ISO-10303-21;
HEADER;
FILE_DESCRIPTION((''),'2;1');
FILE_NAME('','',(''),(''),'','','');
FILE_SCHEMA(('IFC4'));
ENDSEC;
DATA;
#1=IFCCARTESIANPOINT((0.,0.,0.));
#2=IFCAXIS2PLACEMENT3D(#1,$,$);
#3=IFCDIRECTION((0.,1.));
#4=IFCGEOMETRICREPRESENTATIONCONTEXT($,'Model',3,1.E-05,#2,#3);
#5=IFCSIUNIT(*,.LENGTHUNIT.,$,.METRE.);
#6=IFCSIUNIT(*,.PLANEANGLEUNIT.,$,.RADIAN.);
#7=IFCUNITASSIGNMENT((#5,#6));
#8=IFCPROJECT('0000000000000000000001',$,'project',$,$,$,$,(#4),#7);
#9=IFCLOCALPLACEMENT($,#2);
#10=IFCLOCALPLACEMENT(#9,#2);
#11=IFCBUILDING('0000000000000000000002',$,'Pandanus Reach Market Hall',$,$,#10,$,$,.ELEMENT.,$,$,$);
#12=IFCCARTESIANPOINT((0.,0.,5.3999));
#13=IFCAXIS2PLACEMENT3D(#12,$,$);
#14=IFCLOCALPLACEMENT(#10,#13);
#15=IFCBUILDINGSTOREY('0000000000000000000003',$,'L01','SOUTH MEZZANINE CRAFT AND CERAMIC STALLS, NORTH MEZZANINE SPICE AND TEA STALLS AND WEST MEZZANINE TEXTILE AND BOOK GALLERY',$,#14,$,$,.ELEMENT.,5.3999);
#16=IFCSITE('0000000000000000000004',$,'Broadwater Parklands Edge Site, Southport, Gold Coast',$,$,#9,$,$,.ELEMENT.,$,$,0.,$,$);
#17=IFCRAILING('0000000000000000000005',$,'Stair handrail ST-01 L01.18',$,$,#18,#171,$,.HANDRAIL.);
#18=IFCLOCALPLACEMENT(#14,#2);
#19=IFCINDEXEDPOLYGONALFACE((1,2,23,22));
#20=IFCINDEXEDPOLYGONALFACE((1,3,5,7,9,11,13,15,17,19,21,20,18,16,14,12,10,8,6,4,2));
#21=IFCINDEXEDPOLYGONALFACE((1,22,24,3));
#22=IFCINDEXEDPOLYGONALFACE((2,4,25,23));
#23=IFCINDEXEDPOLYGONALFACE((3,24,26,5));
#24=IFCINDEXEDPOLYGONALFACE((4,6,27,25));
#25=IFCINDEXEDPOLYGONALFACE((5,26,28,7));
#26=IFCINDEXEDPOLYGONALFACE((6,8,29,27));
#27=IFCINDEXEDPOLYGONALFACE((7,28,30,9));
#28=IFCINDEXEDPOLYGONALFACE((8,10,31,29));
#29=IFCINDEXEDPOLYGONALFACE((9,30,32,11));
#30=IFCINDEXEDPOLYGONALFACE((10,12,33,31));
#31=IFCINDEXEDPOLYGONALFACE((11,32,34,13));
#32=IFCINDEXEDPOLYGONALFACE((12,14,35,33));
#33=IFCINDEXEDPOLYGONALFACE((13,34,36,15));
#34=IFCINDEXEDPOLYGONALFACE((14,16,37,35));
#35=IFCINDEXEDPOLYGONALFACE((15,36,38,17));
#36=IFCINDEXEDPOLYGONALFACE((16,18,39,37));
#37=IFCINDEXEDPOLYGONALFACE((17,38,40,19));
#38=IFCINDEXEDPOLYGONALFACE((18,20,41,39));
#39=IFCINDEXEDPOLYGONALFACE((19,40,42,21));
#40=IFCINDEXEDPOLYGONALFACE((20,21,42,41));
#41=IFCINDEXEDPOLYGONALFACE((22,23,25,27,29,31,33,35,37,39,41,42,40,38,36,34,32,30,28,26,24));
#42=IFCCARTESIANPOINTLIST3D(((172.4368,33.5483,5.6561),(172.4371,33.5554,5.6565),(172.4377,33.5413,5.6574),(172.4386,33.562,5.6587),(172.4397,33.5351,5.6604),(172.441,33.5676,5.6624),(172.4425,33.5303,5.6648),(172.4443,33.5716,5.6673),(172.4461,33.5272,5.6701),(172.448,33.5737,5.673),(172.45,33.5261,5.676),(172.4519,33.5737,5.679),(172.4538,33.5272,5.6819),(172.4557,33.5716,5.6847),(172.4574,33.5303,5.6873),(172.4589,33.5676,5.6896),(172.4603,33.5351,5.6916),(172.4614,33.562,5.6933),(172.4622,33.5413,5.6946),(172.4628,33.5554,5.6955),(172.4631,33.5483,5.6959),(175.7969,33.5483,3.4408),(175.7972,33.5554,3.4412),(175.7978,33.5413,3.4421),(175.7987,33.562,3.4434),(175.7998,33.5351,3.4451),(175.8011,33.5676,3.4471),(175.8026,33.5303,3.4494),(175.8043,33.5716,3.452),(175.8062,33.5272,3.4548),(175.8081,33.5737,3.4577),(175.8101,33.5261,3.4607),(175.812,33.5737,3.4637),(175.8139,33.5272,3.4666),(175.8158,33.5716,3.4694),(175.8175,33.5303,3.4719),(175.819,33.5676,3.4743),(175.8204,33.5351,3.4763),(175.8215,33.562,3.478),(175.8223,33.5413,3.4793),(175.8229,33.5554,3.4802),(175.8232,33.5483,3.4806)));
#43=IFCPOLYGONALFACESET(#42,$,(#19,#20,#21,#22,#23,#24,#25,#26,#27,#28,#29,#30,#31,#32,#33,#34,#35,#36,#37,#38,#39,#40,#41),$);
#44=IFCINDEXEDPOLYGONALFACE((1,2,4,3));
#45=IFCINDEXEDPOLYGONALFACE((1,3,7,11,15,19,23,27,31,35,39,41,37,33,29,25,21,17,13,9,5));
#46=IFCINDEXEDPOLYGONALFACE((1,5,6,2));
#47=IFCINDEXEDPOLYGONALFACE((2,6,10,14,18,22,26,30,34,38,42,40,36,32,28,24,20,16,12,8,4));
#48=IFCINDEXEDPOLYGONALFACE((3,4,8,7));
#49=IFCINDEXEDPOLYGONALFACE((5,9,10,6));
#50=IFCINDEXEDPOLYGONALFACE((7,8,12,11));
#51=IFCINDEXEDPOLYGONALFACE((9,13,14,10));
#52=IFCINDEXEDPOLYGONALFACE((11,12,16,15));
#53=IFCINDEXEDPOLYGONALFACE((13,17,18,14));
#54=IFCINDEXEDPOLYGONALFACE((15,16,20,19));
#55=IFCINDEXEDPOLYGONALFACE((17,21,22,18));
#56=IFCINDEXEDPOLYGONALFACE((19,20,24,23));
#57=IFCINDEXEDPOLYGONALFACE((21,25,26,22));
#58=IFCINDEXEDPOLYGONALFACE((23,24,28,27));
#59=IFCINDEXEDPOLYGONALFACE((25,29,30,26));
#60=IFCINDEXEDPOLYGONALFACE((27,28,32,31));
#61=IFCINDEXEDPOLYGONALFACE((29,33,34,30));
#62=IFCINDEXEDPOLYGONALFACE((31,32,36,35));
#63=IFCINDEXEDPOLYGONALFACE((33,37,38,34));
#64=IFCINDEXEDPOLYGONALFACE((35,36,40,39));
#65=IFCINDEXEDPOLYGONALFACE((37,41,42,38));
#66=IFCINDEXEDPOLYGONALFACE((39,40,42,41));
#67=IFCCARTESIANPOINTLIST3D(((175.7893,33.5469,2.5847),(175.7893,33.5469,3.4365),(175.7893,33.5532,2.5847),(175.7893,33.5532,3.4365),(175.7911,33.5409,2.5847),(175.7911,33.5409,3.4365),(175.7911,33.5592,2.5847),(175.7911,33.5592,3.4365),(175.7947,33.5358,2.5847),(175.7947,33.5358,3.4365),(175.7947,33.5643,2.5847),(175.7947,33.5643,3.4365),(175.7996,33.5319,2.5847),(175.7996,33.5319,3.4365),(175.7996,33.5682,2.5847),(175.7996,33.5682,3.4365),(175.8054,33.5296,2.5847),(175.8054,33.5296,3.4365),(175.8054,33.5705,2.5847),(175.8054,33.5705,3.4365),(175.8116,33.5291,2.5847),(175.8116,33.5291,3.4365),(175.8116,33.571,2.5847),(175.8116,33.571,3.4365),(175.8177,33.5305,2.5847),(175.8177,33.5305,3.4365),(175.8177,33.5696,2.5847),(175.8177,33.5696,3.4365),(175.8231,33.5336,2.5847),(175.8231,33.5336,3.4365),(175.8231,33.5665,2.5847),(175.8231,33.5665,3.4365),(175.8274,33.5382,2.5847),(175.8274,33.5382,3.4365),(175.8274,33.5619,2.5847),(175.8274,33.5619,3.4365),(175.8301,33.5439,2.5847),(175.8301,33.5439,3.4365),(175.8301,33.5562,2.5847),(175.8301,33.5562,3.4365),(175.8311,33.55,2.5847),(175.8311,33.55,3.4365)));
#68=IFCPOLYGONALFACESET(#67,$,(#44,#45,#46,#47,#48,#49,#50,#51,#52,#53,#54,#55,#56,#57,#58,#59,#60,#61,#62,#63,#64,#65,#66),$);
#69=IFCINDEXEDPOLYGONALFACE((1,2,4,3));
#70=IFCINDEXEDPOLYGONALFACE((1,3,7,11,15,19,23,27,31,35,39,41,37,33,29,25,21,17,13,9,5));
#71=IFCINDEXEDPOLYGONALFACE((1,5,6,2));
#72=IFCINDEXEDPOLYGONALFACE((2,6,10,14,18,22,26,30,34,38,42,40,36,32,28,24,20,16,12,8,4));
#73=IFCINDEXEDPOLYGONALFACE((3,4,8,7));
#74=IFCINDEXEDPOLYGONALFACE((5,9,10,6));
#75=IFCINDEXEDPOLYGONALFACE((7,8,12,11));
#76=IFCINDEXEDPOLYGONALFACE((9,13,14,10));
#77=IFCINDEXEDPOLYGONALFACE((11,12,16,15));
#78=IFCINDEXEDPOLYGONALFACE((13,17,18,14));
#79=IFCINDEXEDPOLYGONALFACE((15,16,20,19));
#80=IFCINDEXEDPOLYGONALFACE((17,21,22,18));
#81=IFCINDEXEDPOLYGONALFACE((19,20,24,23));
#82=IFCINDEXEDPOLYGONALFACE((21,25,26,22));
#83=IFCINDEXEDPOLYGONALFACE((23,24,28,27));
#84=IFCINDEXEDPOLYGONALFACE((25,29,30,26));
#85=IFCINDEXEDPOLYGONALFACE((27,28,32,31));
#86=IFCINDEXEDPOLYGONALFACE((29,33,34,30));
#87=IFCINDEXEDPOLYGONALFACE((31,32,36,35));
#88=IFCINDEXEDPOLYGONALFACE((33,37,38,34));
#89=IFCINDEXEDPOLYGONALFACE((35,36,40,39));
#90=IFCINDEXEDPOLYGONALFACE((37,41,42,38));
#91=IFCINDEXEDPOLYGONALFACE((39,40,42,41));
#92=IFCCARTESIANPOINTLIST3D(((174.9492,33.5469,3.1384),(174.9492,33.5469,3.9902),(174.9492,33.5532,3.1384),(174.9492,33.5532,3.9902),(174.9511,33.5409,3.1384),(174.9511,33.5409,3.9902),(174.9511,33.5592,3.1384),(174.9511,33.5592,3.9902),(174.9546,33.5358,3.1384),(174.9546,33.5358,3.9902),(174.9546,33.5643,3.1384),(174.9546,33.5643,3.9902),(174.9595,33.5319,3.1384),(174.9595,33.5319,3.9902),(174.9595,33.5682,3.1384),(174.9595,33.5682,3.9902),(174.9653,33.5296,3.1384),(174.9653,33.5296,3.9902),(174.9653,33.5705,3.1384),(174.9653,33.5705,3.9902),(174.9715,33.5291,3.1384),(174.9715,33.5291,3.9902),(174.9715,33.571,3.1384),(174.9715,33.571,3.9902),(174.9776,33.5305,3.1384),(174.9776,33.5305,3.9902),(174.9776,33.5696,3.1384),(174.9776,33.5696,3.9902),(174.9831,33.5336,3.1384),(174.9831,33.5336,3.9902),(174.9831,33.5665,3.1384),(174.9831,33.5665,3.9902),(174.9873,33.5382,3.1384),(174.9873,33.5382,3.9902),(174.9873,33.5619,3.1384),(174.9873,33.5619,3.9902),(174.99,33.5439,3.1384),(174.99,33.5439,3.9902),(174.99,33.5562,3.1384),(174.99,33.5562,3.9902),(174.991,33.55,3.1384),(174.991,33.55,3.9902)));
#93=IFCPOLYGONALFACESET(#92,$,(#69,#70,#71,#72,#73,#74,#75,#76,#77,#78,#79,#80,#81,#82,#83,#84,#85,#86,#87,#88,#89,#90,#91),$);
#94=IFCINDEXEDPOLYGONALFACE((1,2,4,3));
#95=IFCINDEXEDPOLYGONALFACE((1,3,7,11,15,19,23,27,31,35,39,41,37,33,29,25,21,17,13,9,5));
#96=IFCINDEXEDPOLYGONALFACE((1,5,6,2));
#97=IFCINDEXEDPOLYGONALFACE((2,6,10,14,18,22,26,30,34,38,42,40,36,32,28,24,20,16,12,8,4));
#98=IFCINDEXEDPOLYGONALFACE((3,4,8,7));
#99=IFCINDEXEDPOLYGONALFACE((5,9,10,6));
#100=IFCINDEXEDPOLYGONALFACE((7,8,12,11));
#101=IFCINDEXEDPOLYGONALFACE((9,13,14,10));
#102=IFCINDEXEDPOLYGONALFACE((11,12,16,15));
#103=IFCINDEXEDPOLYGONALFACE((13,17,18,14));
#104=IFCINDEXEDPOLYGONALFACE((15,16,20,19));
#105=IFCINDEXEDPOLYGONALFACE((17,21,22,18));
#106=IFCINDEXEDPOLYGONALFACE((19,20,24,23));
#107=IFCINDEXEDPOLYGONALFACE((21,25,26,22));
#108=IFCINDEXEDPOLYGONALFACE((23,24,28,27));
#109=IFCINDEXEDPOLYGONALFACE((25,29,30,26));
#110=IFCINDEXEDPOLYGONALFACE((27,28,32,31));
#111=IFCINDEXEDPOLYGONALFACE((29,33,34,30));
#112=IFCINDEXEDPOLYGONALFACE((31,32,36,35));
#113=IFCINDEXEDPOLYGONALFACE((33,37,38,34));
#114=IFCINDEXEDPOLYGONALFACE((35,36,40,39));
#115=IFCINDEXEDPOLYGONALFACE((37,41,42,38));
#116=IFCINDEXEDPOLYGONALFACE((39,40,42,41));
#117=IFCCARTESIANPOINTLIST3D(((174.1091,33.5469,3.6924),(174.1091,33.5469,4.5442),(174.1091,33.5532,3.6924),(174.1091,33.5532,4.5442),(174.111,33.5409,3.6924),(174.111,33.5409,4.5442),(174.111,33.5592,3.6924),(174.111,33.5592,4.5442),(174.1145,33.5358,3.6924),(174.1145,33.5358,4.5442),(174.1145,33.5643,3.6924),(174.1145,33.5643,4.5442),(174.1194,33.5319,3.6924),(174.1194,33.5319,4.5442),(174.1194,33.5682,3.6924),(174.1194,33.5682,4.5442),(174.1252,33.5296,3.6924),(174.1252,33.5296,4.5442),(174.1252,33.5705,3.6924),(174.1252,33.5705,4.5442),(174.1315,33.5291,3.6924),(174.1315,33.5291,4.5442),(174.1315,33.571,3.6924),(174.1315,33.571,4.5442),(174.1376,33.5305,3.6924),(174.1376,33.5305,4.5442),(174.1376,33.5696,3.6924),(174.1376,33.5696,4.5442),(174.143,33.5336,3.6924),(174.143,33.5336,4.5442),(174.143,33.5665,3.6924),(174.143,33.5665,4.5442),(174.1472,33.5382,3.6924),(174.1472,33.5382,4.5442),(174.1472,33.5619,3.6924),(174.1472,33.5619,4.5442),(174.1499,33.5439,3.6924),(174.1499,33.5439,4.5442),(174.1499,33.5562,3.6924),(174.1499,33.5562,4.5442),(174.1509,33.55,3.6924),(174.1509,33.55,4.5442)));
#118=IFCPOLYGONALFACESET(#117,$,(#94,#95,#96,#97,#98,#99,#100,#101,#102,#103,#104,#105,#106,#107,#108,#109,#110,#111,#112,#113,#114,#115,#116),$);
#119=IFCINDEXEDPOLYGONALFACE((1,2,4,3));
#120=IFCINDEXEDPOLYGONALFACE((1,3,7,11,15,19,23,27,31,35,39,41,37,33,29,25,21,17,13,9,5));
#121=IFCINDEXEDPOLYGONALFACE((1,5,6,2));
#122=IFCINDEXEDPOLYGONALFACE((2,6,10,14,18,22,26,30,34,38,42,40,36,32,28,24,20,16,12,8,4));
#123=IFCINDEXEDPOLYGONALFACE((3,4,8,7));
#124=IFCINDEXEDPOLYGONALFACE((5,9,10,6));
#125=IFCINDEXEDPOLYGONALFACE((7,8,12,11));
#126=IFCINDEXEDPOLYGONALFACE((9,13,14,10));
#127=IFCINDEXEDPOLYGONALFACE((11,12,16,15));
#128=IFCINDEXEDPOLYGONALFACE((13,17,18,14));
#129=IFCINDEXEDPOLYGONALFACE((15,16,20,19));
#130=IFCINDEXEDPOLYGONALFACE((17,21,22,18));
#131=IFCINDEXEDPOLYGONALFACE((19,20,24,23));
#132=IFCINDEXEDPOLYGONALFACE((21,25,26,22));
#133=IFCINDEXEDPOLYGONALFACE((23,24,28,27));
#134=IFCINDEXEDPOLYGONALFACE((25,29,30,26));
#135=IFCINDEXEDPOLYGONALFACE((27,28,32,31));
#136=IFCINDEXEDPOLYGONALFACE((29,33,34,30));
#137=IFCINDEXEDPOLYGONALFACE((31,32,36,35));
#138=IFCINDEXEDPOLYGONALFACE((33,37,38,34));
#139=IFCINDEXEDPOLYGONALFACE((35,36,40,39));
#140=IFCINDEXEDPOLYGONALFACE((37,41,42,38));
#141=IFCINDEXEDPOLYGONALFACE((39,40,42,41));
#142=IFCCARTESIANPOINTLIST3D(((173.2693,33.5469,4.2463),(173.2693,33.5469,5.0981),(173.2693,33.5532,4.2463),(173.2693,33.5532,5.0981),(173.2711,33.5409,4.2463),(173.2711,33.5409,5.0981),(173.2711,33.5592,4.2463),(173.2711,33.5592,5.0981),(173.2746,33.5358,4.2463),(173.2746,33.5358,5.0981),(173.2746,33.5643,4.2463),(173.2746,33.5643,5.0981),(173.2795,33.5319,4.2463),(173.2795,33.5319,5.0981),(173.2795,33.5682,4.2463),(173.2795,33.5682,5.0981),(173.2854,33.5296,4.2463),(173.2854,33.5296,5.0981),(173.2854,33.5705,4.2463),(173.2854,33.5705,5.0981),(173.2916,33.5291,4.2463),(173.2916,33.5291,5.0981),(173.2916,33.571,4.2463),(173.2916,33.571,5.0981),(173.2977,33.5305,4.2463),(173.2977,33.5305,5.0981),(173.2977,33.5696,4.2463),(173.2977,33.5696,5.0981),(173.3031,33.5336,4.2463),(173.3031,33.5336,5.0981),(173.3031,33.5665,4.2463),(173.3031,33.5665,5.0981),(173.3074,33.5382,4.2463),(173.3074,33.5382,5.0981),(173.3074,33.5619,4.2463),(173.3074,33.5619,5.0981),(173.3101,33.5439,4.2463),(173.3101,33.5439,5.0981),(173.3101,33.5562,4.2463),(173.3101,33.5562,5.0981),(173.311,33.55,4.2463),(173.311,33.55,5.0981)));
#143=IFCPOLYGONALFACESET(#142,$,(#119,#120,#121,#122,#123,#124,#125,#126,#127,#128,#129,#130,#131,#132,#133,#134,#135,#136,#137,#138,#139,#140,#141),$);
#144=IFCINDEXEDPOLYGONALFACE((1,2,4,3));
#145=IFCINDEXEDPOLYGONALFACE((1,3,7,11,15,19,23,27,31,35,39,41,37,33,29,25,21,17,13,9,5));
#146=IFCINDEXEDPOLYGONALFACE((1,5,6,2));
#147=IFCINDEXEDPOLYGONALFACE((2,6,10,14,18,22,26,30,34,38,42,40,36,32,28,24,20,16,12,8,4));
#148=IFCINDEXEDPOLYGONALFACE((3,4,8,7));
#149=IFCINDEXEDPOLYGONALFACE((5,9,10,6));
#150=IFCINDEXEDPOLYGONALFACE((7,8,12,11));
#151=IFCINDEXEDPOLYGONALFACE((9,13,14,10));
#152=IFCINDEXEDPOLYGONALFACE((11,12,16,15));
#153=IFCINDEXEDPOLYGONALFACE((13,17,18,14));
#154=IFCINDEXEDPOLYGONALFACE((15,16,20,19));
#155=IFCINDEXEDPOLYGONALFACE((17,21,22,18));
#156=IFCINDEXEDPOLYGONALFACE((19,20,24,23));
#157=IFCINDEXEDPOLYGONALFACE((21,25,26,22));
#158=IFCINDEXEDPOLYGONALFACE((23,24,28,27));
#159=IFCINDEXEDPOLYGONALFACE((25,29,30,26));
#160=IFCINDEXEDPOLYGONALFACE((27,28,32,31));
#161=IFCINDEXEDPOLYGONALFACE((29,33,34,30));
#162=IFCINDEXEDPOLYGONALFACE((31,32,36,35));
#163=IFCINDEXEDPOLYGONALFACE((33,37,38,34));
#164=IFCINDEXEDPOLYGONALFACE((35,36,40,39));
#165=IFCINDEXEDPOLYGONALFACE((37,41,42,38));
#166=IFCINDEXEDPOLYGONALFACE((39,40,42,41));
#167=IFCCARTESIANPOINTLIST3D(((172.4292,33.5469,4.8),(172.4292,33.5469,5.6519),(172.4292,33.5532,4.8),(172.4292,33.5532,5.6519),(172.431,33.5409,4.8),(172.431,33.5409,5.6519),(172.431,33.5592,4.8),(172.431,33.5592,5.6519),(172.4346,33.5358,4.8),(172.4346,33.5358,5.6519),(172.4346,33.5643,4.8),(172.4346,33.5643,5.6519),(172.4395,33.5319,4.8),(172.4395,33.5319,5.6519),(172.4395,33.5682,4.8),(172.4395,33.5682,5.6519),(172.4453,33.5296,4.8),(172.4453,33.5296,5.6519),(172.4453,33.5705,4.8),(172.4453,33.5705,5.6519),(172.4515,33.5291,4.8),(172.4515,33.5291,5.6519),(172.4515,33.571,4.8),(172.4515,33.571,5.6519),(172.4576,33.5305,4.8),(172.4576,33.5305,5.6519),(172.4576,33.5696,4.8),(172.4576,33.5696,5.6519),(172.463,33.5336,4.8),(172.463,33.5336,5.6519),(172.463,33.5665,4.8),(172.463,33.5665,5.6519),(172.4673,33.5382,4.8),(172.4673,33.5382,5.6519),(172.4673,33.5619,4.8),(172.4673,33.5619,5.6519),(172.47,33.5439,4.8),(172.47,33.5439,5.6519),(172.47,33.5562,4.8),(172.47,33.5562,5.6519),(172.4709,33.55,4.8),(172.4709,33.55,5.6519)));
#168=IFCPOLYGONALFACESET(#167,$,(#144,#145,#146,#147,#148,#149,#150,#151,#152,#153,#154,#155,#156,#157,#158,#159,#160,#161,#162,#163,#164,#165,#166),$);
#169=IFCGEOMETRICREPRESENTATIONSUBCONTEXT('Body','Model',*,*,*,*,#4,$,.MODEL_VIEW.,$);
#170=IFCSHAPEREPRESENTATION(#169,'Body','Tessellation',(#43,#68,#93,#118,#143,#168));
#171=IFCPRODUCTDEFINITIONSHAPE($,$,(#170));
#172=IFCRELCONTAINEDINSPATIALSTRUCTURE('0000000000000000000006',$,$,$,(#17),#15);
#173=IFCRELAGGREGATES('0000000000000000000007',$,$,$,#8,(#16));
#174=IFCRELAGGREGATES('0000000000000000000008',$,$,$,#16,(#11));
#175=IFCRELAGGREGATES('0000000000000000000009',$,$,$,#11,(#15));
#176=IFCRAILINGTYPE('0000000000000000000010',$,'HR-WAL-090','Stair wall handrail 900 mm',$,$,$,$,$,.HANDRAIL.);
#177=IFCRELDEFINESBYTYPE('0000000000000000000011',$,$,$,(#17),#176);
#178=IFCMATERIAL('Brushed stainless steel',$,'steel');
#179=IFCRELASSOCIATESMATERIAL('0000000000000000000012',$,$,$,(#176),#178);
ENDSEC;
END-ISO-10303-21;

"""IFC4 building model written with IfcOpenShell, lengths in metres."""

from ifc_helpers import new_model, si_unit, direction, frame, origin, origin_2d, place, context, subcontext, project, spatial, circle, extrude, material, type_object, element, save


model = new_model("IFC4")

# Units and contexts
model_context = context("Model", 3, precision=1e-05, world=origin(), true_north=direction((0.0, 1.0)))
body_context = subcontext(model_context, "Body", "Model", "MODEL_VIEW")
ifc_project = project(units=[si_unit("LENGTHUNIT", "METRE"), si_unit("PLANEANGLEUNIT", "RADIAN")], contexts=[model_context])

# Site, building, storey
site_placement = place(None, origin())
site = spatial("IfcSite", under=ifc_project, at=site_placement, Name="Broadwater Parklands Edge Site, Southport, Gold Coast", CompositionType="ELEMENT", RefElevation=0.0)
building_placement = place(site_placement, origin())
building = spatial("IfcBuilding", under=site, at=building_placement, Name="Pandanus Reach Market Hall", CompositionType="ELEMENT")
storey_placement = place(building_placement, frame((0.0, 0.0, 5.3999)))
storey = spatial("IfcBuildingStorey", under=building, at=storey_placement, Name="L01", Description="SOUTH MEZZANINE CRAFT AND CERAMIC STALLS, NORTH MEZZANINE SPICE AND TEA STALLS AND WEST MEZZANINE TEXTILE AND BOOK GALLERY", CompositionType="ELEMENT", Elevation=5.3999)

# Railing
ifc_material_1 = material(Name="Brushed stainless steel", Category="steel")
railing_type_1 = type_object("IfcRailingType", Name="HR-WAL-090", Description="Stair wall handrail 900 mm", PredefinedType="HANDRAIL", material=ifc_material_1)
railing_1_placement = place(storey_placement, frame((175.8101, 33.55, 2.5847)))
element("IfcRailing", 1, at=railing_1_placement, inside=storey, type_object=railing_type_1, Name="Stair handrail ST-01 L01.18", PredefinedType="HANDRAIL", context=body_context, shape_type="SweptSolid", body=[
    extrude(circle(Radius=0.0239, at=origin_2d()), frame((0.0, 0.0, 0.876), z_axis=(-0.834876, 0.0, 0.550437), x_axis=(0.0, -1.0, 0.0)), (0.0, 0.0, 1.0), 4.0247),
    extrude(circle(Radius=0.021, at=origin_2d()), origin(), (0.0, 0.0, 1.0), 0.8518),
    extrude(circle(Radius=0.021, at=origin_2d()), frame((-0.8401, 0.0, 0.5537)), (0.0, 0.0, 1.0), 0.8518),
    extrude(circle(Radius=0.021, at=origin_2d()), frame((-1.6802, 0.0, 1.1077)), (0.0, 0.0, 1.0), 0.8518),
    extrude(circle(Radius=0.021, at=origin_2d()), frame((-2.52, 0.0, 1.6616)), (0.0, 0.0, 1.0), 0.8518),
    extrude(circle(Radius=0.021, at=origin_2d()), frame((-3.3601, 0.0, 2.2153)), (0.0, 0.0, 1.0), 0.8518),
])

save(model, "model.ifc")
